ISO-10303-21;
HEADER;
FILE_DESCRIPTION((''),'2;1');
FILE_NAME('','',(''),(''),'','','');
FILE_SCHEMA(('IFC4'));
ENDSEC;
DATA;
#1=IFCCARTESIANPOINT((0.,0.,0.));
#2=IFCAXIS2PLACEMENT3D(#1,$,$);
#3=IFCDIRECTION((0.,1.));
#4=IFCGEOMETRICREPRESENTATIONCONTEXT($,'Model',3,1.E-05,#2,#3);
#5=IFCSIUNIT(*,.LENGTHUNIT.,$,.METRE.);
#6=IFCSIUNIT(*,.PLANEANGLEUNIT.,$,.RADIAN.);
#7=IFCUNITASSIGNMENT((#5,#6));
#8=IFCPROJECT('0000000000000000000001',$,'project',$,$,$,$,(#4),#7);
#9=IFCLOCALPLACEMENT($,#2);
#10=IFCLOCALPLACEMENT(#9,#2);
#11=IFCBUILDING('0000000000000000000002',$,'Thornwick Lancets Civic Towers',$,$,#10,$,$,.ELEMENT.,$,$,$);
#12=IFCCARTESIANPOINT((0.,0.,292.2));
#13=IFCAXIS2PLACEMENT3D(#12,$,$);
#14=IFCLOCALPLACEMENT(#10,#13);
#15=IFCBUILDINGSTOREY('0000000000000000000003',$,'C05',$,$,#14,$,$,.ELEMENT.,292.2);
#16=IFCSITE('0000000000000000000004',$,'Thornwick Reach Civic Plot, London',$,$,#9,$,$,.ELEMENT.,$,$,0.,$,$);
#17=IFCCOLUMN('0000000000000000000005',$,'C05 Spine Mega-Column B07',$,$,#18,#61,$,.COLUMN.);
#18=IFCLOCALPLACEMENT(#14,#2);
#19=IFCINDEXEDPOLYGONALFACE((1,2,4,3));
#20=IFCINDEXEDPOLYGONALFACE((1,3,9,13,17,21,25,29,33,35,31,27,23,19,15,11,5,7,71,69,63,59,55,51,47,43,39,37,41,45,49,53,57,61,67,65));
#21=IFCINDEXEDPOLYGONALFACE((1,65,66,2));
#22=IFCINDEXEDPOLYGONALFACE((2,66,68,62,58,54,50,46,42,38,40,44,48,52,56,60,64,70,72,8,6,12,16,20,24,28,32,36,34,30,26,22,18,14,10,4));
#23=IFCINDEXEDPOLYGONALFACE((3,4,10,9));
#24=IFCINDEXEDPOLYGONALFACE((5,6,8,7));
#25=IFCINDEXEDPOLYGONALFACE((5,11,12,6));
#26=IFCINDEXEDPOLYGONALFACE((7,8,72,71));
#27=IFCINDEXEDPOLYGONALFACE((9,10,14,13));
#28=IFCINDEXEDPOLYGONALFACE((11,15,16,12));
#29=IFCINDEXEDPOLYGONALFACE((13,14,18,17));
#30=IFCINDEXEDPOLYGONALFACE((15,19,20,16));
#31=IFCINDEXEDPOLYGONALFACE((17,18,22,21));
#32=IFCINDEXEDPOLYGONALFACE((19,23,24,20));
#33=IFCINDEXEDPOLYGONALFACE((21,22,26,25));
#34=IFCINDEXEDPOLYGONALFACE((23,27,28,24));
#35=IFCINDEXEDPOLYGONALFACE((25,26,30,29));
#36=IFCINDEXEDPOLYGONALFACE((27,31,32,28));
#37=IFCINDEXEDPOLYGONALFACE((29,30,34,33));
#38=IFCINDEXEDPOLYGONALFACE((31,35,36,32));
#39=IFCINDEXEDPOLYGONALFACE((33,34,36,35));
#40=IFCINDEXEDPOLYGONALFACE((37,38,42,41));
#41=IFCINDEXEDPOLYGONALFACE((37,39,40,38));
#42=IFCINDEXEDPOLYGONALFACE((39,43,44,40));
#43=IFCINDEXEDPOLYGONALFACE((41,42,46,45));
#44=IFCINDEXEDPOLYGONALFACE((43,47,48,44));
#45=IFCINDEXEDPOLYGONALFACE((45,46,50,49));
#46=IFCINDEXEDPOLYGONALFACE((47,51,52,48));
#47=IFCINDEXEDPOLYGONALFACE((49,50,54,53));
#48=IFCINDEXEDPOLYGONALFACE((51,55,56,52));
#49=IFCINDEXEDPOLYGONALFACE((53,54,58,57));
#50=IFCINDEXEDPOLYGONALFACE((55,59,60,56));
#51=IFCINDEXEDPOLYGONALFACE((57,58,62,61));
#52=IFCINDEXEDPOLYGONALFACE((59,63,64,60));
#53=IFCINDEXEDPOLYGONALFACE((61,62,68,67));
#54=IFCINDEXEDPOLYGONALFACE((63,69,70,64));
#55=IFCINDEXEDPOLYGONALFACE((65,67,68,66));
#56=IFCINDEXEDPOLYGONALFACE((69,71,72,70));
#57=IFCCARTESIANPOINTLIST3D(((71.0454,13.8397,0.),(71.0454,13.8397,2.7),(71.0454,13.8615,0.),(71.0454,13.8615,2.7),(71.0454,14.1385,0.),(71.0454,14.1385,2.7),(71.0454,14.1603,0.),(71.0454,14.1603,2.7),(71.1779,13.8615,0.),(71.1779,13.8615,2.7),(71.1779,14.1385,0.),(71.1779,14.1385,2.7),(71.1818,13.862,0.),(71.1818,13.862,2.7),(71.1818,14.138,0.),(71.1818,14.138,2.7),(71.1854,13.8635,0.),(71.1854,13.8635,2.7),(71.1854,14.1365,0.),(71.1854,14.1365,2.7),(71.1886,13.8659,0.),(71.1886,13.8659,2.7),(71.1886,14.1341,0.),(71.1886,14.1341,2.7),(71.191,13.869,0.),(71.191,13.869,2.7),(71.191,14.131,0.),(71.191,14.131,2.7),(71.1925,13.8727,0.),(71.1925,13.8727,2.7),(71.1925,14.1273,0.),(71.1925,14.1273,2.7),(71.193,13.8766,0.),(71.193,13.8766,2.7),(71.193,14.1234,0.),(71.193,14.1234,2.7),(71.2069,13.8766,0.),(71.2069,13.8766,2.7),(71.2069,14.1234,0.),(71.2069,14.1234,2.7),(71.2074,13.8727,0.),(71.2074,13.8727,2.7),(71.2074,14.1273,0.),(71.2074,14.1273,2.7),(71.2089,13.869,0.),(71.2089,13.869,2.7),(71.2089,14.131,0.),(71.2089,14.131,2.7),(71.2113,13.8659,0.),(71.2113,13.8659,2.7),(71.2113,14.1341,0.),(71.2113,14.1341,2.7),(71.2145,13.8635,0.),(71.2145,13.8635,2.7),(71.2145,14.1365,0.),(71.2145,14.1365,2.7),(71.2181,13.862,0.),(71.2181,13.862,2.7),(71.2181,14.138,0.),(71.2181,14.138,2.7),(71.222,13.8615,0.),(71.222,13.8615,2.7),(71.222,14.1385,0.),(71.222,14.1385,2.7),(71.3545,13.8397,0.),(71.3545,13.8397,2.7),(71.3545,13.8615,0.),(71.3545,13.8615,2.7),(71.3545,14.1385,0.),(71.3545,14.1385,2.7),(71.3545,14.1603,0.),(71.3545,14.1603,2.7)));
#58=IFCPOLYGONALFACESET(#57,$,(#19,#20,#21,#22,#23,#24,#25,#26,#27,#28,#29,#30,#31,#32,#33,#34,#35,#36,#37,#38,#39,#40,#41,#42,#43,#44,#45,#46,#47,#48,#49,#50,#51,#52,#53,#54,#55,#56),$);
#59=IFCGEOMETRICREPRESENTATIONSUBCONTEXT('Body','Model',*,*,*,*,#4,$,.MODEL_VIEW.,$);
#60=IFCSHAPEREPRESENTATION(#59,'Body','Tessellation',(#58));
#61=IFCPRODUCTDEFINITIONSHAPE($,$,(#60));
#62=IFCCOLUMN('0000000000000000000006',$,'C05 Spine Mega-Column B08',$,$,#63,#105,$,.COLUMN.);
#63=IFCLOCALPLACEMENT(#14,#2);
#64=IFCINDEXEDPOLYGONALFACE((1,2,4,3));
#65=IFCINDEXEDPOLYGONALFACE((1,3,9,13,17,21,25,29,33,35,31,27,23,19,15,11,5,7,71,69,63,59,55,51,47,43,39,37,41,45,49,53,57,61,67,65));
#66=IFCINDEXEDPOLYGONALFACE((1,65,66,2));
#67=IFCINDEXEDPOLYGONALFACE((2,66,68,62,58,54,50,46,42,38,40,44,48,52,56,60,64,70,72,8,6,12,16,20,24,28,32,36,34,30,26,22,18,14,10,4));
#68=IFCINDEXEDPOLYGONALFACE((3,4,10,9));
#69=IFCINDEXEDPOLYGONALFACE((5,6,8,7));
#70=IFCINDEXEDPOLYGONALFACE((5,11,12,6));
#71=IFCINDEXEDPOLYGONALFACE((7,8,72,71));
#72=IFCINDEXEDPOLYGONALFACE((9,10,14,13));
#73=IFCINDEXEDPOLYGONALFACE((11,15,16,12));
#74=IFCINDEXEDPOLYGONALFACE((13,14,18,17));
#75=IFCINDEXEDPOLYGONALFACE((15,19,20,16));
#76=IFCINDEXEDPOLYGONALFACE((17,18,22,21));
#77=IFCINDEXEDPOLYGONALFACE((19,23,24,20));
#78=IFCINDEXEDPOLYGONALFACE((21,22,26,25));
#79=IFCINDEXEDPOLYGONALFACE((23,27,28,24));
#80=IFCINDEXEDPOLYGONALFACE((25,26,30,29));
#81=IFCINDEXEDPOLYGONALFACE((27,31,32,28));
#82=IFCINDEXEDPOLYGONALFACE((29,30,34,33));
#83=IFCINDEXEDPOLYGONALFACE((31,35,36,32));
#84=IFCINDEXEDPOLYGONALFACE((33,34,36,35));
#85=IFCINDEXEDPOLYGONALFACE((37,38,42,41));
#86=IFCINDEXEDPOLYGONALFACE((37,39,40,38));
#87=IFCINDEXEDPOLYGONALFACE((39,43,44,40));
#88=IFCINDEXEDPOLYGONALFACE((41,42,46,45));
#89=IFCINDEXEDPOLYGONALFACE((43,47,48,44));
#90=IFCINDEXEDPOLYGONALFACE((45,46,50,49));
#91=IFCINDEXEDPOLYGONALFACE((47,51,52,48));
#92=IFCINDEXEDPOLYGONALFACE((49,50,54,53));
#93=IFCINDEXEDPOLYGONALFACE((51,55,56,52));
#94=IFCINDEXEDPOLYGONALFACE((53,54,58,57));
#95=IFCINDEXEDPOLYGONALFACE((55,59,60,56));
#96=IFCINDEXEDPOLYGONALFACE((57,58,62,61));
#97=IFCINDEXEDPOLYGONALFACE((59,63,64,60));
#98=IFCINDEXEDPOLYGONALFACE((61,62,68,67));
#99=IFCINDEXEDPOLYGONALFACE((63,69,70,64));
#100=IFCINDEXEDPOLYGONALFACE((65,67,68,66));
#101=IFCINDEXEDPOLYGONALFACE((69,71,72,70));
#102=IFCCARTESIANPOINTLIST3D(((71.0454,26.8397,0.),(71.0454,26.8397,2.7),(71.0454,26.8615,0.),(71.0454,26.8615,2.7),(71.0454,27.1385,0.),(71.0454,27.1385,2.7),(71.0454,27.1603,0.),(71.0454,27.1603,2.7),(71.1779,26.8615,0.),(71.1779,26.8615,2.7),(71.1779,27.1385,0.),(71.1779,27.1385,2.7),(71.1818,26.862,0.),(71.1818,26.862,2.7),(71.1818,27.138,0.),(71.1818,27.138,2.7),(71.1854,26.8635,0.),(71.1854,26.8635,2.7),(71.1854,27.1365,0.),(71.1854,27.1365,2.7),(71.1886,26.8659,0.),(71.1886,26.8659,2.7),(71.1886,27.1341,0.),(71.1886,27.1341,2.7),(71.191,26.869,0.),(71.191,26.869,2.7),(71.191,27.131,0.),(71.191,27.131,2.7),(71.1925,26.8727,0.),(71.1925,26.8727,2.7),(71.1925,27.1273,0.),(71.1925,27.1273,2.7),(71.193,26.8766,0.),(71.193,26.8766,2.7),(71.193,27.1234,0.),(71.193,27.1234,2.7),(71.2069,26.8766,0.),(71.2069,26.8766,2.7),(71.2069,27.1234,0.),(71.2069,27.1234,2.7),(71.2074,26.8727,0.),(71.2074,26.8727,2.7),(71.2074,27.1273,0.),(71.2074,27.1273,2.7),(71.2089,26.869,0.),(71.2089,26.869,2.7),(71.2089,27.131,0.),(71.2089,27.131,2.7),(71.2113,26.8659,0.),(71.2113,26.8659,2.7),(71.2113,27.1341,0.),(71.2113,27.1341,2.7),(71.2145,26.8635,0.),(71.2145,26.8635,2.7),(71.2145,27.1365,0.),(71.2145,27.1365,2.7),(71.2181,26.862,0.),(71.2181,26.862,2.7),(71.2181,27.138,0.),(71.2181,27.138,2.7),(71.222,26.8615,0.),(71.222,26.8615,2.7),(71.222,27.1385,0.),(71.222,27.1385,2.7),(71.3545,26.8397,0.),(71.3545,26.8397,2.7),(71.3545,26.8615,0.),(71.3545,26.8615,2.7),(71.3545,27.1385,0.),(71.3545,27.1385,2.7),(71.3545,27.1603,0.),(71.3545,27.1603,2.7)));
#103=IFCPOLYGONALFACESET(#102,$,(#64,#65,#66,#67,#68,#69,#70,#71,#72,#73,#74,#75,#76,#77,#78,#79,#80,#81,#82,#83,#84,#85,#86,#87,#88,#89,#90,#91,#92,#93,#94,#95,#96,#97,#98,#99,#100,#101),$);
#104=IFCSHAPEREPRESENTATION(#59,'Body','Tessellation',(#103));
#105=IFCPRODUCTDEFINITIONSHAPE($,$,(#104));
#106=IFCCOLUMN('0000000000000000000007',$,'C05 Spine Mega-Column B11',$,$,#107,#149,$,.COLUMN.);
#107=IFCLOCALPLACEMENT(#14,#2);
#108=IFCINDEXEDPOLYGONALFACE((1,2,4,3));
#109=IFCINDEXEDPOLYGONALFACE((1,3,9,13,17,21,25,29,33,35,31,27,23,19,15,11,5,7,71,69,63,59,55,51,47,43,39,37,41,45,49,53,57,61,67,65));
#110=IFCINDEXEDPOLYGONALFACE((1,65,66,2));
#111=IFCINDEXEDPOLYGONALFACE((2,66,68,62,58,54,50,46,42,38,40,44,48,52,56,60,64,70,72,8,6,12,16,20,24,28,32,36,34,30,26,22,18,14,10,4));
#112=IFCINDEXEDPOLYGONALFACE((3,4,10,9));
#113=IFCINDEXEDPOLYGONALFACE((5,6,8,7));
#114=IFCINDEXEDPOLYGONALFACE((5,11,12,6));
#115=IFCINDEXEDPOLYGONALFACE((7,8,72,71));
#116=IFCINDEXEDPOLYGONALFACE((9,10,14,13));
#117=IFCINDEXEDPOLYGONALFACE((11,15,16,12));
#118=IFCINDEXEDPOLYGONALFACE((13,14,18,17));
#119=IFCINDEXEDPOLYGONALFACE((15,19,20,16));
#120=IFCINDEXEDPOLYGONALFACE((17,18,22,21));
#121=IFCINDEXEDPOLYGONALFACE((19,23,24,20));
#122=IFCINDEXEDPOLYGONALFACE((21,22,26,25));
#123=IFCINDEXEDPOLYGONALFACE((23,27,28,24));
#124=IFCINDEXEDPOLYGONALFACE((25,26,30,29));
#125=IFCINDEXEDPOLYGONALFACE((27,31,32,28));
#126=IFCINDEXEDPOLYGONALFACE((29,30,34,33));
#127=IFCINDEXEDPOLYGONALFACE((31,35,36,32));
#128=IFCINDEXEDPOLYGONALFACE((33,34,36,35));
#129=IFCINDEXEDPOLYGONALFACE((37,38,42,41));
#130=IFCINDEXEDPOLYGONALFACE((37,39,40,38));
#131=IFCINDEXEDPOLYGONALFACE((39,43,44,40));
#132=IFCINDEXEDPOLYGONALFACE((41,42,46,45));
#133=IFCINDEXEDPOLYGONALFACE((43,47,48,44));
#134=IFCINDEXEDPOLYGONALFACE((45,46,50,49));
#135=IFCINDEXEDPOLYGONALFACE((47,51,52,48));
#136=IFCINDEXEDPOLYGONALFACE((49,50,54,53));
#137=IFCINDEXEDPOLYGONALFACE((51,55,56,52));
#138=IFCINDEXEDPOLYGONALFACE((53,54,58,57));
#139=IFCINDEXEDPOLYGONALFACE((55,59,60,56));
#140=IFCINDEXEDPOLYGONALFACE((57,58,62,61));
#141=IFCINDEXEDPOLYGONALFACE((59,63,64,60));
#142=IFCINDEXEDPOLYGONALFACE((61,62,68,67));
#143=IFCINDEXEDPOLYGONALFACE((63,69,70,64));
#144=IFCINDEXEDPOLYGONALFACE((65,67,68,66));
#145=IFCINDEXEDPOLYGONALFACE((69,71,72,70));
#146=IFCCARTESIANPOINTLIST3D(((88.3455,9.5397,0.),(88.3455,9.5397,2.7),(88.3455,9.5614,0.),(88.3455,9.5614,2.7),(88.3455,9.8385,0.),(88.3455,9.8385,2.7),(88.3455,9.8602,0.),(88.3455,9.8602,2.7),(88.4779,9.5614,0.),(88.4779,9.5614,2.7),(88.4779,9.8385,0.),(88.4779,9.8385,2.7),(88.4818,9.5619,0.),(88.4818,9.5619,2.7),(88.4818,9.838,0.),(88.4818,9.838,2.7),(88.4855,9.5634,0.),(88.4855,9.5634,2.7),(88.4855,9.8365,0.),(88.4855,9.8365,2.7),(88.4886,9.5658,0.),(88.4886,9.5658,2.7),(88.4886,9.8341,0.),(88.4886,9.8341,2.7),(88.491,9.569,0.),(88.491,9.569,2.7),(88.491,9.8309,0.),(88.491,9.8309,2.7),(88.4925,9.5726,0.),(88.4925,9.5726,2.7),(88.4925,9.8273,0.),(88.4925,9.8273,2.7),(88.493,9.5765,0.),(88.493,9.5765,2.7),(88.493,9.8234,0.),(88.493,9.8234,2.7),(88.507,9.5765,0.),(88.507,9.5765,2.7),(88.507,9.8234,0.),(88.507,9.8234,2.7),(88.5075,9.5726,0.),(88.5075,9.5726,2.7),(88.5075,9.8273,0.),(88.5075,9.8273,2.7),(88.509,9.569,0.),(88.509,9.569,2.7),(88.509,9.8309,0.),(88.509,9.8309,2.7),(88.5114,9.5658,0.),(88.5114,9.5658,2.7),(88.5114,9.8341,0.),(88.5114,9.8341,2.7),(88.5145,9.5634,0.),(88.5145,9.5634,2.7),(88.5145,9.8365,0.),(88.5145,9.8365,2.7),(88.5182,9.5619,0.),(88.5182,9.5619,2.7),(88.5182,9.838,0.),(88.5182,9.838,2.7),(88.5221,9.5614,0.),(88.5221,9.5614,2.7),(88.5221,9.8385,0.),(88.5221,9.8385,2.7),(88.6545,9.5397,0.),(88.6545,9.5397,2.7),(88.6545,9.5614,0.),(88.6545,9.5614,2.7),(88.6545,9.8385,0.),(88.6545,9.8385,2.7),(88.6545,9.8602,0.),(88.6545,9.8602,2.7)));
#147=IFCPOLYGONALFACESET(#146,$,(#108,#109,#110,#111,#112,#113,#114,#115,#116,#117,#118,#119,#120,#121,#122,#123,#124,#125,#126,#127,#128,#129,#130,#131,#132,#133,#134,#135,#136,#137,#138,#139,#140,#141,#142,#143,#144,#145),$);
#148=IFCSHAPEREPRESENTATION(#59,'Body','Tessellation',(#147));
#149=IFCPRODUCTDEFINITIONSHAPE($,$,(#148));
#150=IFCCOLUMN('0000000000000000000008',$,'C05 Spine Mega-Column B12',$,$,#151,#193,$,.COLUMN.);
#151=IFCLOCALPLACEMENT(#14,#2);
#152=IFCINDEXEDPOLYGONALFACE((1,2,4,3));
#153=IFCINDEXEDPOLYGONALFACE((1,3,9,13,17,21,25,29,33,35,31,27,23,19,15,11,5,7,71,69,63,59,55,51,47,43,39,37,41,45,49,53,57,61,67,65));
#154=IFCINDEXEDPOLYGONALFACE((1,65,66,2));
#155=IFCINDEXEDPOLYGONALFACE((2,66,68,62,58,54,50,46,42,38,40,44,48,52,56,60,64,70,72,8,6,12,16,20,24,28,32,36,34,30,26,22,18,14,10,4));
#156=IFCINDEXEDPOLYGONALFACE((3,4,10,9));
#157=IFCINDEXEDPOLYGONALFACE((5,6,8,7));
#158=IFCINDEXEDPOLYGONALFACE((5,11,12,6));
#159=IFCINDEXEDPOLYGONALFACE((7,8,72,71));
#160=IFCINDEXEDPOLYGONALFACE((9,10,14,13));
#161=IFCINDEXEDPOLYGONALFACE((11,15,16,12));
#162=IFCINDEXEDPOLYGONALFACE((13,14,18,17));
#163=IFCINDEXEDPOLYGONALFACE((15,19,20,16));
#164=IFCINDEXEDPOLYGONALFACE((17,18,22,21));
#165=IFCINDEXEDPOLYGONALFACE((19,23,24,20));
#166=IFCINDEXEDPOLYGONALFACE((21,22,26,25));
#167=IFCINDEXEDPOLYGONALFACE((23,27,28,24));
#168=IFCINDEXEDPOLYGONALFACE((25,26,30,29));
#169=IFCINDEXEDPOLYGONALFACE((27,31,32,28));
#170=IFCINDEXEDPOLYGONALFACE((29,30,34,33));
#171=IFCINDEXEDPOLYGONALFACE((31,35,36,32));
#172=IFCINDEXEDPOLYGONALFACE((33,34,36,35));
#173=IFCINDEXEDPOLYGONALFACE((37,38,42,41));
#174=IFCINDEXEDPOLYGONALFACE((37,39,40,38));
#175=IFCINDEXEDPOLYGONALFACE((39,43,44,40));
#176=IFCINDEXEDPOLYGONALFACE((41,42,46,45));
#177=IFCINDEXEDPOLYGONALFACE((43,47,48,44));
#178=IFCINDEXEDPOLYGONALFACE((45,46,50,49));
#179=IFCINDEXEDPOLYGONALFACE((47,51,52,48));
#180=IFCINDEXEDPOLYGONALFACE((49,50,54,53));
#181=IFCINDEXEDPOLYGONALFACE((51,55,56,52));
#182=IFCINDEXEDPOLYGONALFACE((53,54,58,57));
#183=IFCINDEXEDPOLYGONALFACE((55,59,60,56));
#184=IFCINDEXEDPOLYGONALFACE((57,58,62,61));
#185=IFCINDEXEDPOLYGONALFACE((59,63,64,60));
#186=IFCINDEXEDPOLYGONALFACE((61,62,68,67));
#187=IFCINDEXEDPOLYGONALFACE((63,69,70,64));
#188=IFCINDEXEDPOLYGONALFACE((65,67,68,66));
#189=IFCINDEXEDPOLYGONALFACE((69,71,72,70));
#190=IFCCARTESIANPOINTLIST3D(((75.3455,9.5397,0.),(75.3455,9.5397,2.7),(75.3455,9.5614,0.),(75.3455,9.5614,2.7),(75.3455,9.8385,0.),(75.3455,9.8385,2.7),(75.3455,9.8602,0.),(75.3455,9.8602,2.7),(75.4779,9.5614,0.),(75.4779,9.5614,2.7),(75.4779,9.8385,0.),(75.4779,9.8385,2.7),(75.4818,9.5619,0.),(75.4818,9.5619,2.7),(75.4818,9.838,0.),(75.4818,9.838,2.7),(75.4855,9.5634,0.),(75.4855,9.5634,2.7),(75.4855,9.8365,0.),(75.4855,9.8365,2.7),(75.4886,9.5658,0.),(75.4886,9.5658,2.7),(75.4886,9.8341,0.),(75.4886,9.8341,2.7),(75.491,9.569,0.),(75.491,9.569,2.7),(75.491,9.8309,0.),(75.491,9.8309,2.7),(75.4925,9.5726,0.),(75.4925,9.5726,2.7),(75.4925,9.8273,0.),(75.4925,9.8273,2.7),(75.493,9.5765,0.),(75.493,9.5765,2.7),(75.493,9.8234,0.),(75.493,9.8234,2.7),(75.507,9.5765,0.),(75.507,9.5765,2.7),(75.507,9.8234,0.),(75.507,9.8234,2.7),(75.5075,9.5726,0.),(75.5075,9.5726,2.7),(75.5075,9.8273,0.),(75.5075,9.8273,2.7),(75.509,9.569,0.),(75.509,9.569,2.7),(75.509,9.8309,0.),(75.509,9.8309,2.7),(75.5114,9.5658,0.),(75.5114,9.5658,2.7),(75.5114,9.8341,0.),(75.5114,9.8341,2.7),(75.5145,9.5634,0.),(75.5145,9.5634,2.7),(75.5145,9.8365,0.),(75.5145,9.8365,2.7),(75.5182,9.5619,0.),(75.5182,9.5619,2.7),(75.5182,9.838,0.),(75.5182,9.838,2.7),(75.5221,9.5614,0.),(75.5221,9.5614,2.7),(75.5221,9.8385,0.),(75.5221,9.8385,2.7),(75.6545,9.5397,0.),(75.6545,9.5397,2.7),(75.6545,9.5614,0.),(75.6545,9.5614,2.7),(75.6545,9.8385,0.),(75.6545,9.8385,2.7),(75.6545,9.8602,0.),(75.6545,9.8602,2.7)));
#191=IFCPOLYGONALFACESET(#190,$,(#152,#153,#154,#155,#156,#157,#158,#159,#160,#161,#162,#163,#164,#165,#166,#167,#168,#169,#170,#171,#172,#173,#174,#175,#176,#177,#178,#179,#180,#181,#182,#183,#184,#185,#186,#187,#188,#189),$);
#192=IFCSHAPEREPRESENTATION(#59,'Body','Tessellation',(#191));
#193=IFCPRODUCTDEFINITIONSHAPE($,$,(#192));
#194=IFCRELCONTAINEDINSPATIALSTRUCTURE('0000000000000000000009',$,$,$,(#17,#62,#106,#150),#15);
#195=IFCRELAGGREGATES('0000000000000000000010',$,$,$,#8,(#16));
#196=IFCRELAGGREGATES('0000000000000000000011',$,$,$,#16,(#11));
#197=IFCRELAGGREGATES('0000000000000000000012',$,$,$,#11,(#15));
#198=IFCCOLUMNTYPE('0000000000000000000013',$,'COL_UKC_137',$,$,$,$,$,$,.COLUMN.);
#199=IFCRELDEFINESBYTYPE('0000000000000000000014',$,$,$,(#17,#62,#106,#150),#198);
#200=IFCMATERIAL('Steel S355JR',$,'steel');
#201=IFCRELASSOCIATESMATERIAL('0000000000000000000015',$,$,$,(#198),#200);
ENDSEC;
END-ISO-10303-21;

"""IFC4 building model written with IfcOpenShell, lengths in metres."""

from ifc_helpers import new_model, si_unit, direction, frame, origin, origin_2d, place, context, subcontext, project, spatial, i_section, extrude, material, material_profile, profile_set, type_object, element, save


model = new_model("IFC4")

# Units and contexts
model_context = context("Model", 3, precision=1e-05, world=origin(), true_north=direction((0.0, 1.0)))
body_context = subcontext(model_context, "Body", "Model", "MODEL_VIEW")
ifc_project = project(units=[si_unit("LENGTHUNIT", "METRE"), si_unit("PLANEANGLEUNIT", "RADIAN")], contexts=[model_context])

# Site, building, storey
site_placement = place(None, origin())
site = spatial("IfcSite", under=ifc_project, at=site_placement, Name="Thornwick Reach Civic Plot, London", CompositionType="ELEMENT", RefElevation=0.0)
building_placement = place(site_placement, origin())
building = spatial("IfcBuilding", under=site, at=building_placement, Name="Thornwick Lancets Civic Towers", CompositionType="ELEMENT")
storey_placement = place(building_placement, frame((0.0, 0.0, 292.2)))
storey = spatial("IfcBuildingStorey", under=building, at=storey_placement, Name="C05", CompositionType="ELEMENT", Elevation=292.2)

# Columns
ifc_material_1 = material(Name="Steel S355JR", Category="steel")
ifc_material_profile_1 = material_profile(ifc_material_1, i_section(OverallWidth=0.3091, OverallDepth=0.3206, WebThickness=0.0139, FlangeThickness=0.0217, FilletRadius=0.0151, at=origin_2d()), Name="UKC 305x305x137")
ifc_profile_set_1 = profile_set([ifc_material_profile_1], Name="Steel S355JR")
column_type = type_object("IfcColumnType", Name="COL_UKC_137", PredefinedType="COLUMN", material=ifc_profile_set_1)
for number, where, z_axis, x_axis, name in (
    (1, (71.2, 14.0, 0.0), (0.0, 0.0, 1.0), (1.0, 0.0, 0.0), "C05 Spine Mega-Column B07"),
    (2, (71.2, 27.0, 0.0), (0.0, 0.0, 1.0), (1.0, 0.0, 0.0), "C05 Spine Mega-Column B08"),
    (3, (88.5, 9.7, 0.0), (0.0, 0.0, 1.0), (1.0, 0.0, 0.0), "C05 Spine Mega-Column B11"),
    (4, (75.5, 9.7, 0.0), (0.0, 0.0, 1.0), (1.0, 0.0, 0.0), "C05 Spine Mega-Column B12"),
):
    element("IfcColumn", number, at=place(storey_placement, frame(where, z_axis=z_axis, x_axis=x_axis)), inside=storey, type_object=column_type, Name=name, PredefinedType="COLUMN", context=body_context, shape_type="SweptSolid", body=[
        extrude(i_section(OverallWidth=0.3091, OverallDepth=0.3206, WebThickness=0.0139, FlangeThickness=0.0217, FilletRadius=0.0151, at=origin_2d()), origin(), (0.0, 0.0, 1.0), 2.7),
    ])

save(model, "model.ifc")
